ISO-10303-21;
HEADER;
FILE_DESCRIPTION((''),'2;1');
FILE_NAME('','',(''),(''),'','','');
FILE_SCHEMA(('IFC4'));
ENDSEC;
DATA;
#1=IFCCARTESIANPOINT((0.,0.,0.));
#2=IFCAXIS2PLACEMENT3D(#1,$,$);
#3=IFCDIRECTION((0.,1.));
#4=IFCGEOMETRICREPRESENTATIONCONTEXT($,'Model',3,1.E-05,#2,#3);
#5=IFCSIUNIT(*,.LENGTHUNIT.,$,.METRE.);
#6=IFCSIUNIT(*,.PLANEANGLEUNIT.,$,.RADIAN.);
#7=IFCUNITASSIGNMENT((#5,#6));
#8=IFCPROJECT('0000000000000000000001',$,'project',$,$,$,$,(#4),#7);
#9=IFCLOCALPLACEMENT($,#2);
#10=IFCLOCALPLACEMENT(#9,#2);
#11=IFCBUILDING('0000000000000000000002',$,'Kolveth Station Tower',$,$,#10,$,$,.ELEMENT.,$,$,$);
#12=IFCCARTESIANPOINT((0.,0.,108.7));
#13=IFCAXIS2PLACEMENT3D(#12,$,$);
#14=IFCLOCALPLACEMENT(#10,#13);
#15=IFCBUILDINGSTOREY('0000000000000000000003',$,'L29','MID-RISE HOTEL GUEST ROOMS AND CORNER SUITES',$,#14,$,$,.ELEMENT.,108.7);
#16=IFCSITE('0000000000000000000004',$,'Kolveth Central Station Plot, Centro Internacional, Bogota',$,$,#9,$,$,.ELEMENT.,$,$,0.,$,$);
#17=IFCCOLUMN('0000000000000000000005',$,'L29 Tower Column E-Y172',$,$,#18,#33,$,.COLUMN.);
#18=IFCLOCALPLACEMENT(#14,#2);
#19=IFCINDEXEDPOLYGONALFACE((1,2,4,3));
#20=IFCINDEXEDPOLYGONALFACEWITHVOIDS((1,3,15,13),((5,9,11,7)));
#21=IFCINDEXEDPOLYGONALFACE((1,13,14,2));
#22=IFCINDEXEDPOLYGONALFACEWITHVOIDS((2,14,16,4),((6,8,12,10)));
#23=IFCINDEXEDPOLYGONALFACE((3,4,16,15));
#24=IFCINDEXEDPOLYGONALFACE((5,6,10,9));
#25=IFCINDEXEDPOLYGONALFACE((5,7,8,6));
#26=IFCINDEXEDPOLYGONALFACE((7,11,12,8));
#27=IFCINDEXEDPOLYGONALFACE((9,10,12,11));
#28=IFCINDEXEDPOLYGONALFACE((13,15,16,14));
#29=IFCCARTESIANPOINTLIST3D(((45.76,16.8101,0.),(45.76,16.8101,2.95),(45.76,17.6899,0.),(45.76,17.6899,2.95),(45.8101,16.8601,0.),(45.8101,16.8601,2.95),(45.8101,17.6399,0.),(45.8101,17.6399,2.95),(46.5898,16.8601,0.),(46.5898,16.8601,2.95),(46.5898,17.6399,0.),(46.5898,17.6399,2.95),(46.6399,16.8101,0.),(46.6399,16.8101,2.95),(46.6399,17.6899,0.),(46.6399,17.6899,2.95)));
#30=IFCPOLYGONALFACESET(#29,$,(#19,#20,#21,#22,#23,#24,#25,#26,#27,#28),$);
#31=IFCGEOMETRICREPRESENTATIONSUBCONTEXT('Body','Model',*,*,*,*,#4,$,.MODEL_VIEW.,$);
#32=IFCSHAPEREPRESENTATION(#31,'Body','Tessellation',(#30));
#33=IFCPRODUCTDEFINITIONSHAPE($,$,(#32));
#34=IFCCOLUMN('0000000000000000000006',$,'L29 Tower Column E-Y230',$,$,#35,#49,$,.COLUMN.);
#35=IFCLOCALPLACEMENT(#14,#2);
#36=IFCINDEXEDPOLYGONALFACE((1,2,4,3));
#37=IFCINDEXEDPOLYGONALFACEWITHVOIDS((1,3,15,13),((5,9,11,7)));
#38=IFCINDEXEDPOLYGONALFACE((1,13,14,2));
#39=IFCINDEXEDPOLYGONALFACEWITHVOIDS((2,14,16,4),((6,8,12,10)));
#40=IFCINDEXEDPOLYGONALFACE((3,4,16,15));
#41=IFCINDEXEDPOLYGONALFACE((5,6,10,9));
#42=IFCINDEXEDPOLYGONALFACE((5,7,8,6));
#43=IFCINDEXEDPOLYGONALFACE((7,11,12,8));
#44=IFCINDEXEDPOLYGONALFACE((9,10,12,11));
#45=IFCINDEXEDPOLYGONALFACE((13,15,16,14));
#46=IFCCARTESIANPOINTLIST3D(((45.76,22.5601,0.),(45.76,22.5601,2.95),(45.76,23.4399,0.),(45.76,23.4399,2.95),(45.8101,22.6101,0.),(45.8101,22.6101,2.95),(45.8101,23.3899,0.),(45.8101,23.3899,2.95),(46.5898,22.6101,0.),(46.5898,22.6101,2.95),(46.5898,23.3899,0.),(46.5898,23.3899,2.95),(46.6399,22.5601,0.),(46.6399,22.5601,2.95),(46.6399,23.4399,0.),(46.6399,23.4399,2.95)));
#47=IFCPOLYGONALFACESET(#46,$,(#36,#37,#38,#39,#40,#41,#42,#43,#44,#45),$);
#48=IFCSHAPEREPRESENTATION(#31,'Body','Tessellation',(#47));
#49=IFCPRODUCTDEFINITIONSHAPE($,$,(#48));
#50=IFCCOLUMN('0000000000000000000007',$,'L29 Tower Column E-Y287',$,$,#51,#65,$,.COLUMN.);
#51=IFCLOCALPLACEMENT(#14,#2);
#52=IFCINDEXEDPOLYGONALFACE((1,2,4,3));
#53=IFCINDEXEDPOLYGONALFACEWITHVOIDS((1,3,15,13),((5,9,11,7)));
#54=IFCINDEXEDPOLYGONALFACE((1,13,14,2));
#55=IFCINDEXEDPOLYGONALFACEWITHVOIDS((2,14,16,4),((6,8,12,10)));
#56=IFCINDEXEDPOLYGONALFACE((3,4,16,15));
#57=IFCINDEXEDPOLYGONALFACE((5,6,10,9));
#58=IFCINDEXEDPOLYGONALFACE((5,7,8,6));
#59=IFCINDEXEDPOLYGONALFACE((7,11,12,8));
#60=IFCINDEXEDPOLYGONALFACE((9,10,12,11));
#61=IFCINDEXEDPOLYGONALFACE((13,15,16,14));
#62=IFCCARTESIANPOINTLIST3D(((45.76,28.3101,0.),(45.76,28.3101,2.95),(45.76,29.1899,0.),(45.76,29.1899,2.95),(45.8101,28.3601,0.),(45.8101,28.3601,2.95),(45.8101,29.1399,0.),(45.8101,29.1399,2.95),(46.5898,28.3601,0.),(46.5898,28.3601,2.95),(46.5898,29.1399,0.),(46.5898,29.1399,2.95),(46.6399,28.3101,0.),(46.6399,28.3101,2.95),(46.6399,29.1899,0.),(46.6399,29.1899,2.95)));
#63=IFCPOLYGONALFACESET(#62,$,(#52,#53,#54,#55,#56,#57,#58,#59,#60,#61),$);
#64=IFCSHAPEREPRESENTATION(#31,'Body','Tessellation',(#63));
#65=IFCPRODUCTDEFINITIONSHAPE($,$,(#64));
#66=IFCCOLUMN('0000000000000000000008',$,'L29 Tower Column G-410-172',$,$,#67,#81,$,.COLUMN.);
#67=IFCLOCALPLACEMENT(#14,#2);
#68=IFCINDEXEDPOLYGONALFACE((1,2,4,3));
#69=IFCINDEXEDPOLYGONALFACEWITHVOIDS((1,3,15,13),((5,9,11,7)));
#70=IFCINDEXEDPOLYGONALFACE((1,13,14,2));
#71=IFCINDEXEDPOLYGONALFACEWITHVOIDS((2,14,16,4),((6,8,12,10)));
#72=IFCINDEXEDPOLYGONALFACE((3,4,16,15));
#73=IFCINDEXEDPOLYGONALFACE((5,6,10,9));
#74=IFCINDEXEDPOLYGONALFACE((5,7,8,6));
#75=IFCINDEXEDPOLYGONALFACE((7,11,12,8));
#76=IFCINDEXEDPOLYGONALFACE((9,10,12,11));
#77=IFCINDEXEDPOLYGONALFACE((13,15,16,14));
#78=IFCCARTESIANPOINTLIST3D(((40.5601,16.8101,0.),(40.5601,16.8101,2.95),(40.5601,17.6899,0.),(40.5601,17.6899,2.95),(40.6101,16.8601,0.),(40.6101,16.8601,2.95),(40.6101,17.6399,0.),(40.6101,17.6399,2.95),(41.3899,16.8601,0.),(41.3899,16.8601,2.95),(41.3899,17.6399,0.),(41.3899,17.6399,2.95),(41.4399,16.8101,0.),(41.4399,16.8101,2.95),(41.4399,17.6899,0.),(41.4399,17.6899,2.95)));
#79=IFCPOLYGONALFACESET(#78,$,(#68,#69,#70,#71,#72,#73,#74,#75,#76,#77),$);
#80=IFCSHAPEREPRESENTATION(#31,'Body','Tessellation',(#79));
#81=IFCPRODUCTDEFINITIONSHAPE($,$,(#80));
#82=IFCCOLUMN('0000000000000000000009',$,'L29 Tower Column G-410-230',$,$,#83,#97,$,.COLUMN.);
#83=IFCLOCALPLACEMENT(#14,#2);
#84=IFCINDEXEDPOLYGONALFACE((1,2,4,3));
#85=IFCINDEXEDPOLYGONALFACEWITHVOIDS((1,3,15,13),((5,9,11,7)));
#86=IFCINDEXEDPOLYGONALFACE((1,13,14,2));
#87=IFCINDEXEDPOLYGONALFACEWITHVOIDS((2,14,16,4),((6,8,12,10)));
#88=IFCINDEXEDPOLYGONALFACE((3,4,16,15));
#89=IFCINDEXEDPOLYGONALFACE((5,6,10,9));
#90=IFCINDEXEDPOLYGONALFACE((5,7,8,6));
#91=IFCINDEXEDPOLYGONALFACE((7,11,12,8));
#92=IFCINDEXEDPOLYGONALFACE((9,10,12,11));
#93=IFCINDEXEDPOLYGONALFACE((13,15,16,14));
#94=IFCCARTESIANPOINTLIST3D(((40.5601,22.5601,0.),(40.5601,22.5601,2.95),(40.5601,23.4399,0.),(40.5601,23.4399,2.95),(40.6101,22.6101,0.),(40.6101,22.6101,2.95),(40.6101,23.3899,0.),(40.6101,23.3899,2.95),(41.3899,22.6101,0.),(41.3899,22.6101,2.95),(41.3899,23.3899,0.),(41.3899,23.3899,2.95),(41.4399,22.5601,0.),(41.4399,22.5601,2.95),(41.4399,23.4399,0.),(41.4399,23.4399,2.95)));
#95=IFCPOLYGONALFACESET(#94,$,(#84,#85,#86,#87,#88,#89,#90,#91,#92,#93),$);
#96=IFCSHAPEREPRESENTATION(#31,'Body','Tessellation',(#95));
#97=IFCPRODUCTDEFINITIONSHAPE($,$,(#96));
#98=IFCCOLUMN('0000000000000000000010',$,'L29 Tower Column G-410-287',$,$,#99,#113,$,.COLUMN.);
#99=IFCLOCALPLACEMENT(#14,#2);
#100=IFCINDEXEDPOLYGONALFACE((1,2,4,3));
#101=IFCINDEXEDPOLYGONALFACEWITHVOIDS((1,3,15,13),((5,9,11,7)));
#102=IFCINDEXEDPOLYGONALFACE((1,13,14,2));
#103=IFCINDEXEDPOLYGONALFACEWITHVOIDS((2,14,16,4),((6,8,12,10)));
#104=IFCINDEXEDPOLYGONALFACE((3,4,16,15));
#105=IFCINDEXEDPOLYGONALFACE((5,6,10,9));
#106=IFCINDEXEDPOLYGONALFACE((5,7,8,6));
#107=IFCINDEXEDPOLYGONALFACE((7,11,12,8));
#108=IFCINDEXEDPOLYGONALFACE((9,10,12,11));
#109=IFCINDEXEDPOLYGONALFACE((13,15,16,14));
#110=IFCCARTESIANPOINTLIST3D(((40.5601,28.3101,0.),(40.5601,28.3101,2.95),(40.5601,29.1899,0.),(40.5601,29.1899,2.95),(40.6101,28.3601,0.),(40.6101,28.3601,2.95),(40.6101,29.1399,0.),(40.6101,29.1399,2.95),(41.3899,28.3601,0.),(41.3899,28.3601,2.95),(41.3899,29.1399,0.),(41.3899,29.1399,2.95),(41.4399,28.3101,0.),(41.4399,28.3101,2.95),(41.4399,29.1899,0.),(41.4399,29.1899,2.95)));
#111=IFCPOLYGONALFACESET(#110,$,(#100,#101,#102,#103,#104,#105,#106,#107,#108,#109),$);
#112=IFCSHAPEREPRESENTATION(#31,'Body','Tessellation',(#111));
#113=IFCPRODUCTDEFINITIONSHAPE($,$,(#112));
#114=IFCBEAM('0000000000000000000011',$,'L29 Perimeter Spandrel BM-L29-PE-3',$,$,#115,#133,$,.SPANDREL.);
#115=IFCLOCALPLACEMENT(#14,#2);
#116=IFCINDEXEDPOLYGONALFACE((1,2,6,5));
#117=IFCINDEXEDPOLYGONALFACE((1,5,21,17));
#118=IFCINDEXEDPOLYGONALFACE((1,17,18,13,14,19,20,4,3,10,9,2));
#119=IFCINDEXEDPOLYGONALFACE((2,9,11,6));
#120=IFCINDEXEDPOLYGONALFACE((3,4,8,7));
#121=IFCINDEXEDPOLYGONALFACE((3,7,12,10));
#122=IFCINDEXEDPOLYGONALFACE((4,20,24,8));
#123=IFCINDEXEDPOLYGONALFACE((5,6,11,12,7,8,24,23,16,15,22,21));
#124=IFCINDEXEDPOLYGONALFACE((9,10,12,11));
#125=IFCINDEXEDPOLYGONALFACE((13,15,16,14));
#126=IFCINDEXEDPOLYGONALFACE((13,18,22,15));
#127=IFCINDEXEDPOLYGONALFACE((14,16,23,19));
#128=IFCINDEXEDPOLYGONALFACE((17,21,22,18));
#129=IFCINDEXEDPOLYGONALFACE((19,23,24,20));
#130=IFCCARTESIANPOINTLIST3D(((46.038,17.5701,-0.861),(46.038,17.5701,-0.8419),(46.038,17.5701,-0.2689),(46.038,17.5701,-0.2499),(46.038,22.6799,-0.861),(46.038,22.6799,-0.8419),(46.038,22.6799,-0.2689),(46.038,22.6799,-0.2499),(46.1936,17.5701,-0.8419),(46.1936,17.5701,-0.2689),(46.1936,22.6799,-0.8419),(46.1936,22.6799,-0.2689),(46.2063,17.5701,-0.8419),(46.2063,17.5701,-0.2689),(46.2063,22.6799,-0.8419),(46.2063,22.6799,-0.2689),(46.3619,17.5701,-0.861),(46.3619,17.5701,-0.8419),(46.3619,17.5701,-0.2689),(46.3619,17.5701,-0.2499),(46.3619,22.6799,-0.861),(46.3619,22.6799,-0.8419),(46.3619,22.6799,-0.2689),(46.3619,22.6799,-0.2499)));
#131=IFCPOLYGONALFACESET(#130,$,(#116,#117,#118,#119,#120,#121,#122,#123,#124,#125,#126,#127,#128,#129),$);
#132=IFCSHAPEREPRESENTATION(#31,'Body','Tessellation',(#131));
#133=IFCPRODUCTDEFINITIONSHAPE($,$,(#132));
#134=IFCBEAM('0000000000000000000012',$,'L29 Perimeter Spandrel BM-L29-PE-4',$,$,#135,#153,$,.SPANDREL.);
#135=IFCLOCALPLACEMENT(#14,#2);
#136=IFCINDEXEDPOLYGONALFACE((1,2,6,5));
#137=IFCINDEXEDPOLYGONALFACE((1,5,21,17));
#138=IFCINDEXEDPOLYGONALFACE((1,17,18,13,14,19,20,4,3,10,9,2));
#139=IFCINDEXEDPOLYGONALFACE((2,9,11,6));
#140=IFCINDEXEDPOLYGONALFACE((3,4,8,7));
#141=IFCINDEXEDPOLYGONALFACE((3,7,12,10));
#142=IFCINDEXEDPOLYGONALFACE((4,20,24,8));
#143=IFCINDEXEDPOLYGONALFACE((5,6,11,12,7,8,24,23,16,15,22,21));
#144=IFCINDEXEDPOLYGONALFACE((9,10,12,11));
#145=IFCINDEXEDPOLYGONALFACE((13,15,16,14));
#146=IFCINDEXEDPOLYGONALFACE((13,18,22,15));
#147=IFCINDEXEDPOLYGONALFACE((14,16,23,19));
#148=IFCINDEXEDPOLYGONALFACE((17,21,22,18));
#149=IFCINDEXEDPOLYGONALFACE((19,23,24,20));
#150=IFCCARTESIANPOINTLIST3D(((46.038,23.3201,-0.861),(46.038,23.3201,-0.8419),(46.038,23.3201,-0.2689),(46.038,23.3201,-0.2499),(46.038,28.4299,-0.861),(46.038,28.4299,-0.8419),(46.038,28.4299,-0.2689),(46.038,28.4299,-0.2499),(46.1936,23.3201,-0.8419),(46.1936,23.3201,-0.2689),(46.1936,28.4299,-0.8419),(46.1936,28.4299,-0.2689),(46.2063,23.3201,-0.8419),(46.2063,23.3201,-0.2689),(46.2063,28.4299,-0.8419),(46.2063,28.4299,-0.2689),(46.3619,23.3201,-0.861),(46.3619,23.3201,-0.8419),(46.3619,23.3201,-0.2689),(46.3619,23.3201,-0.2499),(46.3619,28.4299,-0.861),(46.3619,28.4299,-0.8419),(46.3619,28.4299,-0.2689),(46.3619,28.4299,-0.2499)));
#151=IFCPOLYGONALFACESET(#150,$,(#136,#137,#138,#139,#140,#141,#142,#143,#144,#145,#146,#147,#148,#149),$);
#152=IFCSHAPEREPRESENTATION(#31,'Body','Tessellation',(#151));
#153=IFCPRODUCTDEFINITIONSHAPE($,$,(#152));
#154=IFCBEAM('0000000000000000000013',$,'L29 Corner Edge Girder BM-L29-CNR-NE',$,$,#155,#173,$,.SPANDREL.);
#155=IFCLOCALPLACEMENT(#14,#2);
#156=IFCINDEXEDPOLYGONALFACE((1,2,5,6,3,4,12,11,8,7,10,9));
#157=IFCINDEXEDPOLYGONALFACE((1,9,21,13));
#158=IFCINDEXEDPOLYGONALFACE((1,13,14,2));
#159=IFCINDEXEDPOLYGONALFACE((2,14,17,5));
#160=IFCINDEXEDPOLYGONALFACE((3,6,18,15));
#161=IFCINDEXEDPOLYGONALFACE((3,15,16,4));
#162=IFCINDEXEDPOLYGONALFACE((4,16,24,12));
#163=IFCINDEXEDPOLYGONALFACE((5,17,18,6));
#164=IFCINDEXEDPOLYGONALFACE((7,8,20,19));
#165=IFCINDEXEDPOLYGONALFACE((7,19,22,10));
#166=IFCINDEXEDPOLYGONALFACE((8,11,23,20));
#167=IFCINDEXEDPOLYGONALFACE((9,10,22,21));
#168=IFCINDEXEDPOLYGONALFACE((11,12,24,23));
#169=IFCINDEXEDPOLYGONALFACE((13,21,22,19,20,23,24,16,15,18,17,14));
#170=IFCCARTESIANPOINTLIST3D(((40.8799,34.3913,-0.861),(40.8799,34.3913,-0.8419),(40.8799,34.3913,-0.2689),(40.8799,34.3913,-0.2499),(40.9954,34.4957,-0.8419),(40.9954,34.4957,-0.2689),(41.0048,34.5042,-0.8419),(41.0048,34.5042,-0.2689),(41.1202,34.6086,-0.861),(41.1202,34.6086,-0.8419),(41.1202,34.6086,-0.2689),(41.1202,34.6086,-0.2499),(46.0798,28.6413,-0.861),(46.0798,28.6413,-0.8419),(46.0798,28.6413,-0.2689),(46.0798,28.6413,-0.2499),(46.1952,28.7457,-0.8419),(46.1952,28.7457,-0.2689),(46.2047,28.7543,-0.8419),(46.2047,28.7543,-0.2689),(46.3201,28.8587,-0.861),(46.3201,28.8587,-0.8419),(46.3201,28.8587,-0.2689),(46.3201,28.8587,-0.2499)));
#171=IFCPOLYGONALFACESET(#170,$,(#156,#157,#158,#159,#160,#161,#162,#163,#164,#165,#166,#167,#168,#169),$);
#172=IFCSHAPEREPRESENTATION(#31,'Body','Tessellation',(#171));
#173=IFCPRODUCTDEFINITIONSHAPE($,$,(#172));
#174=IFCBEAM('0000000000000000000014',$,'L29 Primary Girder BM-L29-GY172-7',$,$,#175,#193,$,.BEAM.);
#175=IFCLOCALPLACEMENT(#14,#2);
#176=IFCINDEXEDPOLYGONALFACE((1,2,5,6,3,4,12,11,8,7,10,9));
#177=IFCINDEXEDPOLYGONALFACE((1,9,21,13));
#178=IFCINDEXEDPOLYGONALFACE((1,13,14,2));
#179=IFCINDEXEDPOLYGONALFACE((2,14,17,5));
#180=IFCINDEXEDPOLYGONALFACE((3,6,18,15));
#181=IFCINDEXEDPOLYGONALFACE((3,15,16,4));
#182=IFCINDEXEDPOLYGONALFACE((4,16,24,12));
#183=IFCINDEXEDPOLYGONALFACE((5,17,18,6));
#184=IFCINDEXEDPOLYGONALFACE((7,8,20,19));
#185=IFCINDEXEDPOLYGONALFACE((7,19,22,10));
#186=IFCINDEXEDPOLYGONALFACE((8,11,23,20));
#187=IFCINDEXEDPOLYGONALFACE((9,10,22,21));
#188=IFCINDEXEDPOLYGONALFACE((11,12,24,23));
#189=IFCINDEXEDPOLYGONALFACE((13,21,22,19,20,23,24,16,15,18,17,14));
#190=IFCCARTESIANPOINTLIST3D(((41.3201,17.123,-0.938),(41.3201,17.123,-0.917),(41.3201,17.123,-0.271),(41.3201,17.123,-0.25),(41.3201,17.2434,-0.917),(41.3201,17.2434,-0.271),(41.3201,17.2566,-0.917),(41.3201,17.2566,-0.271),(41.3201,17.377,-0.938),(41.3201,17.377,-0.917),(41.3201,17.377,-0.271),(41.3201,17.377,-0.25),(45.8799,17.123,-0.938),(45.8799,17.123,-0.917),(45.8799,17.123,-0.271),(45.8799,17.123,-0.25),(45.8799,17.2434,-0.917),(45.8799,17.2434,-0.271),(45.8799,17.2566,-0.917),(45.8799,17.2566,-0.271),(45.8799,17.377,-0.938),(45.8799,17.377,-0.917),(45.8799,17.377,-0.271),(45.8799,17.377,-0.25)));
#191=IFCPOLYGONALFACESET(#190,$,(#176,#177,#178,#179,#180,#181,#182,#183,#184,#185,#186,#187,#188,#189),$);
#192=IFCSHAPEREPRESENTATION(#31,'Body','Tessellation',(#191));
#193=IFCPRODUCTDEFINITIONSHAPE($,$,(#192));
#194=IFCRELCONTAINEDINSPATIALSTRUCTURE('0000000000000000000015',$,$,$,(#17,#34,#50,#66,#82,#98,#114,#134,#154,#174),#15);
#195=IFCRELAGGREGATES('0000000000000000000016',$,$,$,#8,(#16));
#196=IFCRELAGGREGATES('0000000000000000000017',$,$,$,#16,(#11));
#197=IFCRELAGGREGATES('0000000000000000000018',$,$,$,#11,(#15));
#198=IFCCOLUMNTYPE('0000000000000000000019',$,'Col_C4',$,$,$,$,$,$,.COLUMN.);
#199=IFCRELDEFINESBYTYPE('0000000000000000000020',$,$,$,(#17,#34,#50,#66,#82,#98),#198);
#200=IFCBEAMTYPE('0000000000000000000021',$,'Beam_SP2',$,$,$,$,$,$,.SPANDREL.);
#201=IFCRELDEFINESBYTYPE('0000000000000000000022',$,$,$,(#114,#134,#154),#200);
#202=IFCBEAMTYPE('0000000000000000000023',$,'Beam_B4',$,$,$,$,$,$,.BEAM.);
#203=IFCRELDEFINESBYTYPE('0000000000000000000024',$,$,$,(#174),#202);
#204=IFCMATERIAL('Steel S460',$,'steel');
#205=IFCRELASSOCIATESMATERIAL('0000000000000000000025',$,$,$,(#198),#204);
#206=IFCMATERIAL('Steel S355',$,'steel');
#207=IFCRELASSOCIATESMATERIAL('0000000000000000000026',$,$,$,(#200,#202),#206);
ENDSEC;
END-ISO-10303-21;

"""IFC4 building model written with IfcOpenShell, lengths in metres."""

from ifc_helpers import new_model, si_unit, direction, frame, origin, origin_2d, place, context, subcontext, project, spatial, hollow_rectangle, i_section, extrude, source, transform, mapped, material, material_profile, profile_set, type_object, element, save


model = new_model("IFC4")

# Units and contexts
model_context = context("Model", 3, precision=1e-05, world=origin(), true_north=direction((0.0, 1.0)))
body_context = subcontext(model_context, "Body", "Model", "MODEL_VIEW")
ifc_project = project(units=[si_unit("LENGTHUNIT", "METRE"), si_unit("PLANEANGLEUNIT", "RADIAN")], contexts=[model_context])

# Site, building, storey
site_placement = place(None, origin())
site = spatial("IfcSite", under=ifc_project, at=site_placement, Name="Kolveth Central Station Plot, Centro Internacional, Bogota", CompositionType="ELEMENT", RefElevation=0.0)
building_placement = place(site_placement, origin())
building = spatial("IfcBuilding", under=site, at=building_placement, Name="Kolveth Station Tower", CompositionType="ELEMENT")
storey_placement = place(building_placement, frame((0.0, 0.0, 108.7)))
storey = spatial("IfcBuildingStorey", under=building, at=storey_placement, Name="L29", Description="MID-RISE HOTEL GUEST ROOMS AND CORNER SUITES", CompositionType="ELEMENT", Elevation=108.7)

# Columns
ifc_material_1 = material(Name="Steel S460", Category="steel")
ifc_material_profile_1 = material_profile(ifc_material_1, hollow_rectangle(XDim=0.8799, YDim=0.8799, WallThickness=0.05, at=origin_2d()), Name="BOX880x880x50")
ifc_profile_set_1 = profile_set([ifc_material_profile_1], Name="Steel S460")
column_type = type_object("IfcColumnType", Name="Col_C4", PredefinedType="COLUMN", material=ifc_profile_set_1)
shared_shape_1 = source(origin(), body_context, "Body", "SweptSolid", [
    extrude(hollow_rectangle(XDim=0.8799, YDim=0.8799, WallThickness=0.05, at=origin_2d()), origin(), (0.0, 0.0, 1.0), 2.95),
])
for number, where, z_axis, x_axis, name in (
    (1, (46.2, 17.25, 0.0), (0.0, 0.0, 1.0), (1.0, 0.0, 0.0), "L29 Tower Column E-Y172"),
    (2, (46.2, 23.0, 0.0), (0.0, 0.0, 1.0), (1.0, 0.0, 0.0), "L29 Tower Column E-Y230"),
    (3, (46.2, 28.75, 0.0), (0.0, 0.0, 1.0), (1.0, 0.0, 0.0), "L29 Tower Column E-Y287"),
    (4, (41.0, 17.25, 0.0), (0.0, 0.0, 1.0), (1.0, 0.0, 0.0), "L29 Tower Column G-410-172"),
    (5, (41.0, 23.0, 0.0), (0.0, 0.0, 1.0), (1.0, 0.0, 0.0), "L29 Tower Column G-410-230"),
    (6, (41.0, 28.75, 0.0), (0.0, 0.0, 1.0), (1.0, 0.0, 0.0), "L29 Tower Column G-410-287"),
):
    element("IfcColumn", number, at=place(storey_placement, frame(where, z_axis=z_axis, x_axis=x_axis)), inside=storey, type_object=column_type, Name=name, PredefinedType="COLUMN", context=body_context, shape_type="MappedRepresentation", body=[
        mapped(shared_shape_1, transform((0.0, 0.0, 0.0), x_axis=(1.0, 0.0, 0.0), y_axis=(0.0, 1.0, 0.0), z_axis=(0.0, 0.0, 1.0), scale=1.0)),
    ])

# Beams
ifc_material_2 = material(Name="Steel S355", Category="steel")
ifc_material_profile_2 = material_profile(ifc_material_2, i_section(OverallWidth=0.324, OverallDepth=0.6111, WebThickness=0.0127, FlangeThickness=0.019, at=origin_2d()), Name="W610x155")
ifc_profile_set_2 = profile_set([ifc_material_profile_2], Name="Steel S355")
beam_type_1 = type_object("IfcBeamType", Name="Beam_SP2", PredefinedType="SPANDREL", material=ifc_profile_set_2)
shared_shape_2 = source(origin(), body_context, "Body", "SweptSolid", [
    extrude(i_section(OverallWidth=0.324, OverallDepth=0.6111, WebThickness=0.0127, FlangeThickness=0.019, at=origin_2d()), origin(), (0.0, 0.0, 1.0), 5.1099),
])
for number, where, z_axis, x_axis, name in (
    (7, (46.2, 17.5701, -0.5554), (0.0, 1.0, 0.0), (-1.0, 0.0, 0.0), "L29 Perimeter Spandrel BM-L29-PE-3"),
    (8, (46.2, 23.3201, -0.5554), (0.0, 1.0, 0.0), (-1.0, 0.0, 0.0), "L29 Perimeter Spandrel BM-L29-PE-4"),
):
    element("IfcBeam", number, at=place(storey_placement, frame(where, z_axis=z_axis, x_axis=x_axis)), inside=storey, type_object=beam_type_1, Name=name, PredefinedType="SPANDREL", context=body_context, shape_type="MappedRepresentation", body=[
        mapped(shared_shape_2, transform((0.0, 0.0, 0.0), x_axis=(1.0, 0.0, 0.0), y_axis=(0.0, 1.0, 0.0), z_axis=(0.0, 0.0, 1.0), scale=1.0)),
    ])
shared_shape_3 = source(origin(), body_context, "Body", "SweptSolid", [
    extrude(i_section(OverallWidth=0.324, OverallDepth=0.6111, WebThickness=0.0127, FlangeThickness=0.019, at=origin_2d()), origin(), (0.0, 0.0, 1.0), 7.7524),
])
beam_placement = place(storey_placement, frame((46.2, 28.75, -0.5554), z_axis=(-0.670741, 0.741692, 0.0), x_axis=(-0.741692, -0.670741, 0.0)))
element("IfcBeam", 9, at=beam_placement, inside=storey, type_object=beam_type_1, Name="L29 Corner Edge Girder BM-L29-CNR-NE", PredefinedType="SPANDREL", context=body_context, shape_type="MappedRepresentation", body=[
    mapped(shared_shape_3, transform((0.0, 0.0, 0.0), x_axis=(1.0, 0.0, 0.0), y_axis=(0.0, 1.0, 0.0), z_axis=(0.0, 0.0, 1.0), scale=1.0)),
])
ifc_material_profile_3 = material_profile(ifc_material_2, i_section(OverallWidth=0.2539, OverallDepth=0.688, WebThickness=0.0132, FlangeThickness=0.021, at=origin_2d()), Name="W690x152")
ifc_profile_set_3 = profile_set([ifc_material_profile_3], Name="Steel S355")
beam_type_2 = type_object("IfcBeamType", Name="Beam_B4", PredefinedType="BEAM", material=ifc_profile_set_3)
shared_shape_4 = source(origin(), body_context, "Body", "SweptSolid", [
    extrude(i_section(OverallWidth=0.2539, OverallDepth=0.688, WebThickness=0.0132, FlangeThickness=0.021, at=origin_2d()), origin(), (0.0, 0.0, 1.0), 4.5598),
])
for number, where, z_axis, x_axis, name in (
    (10, (41.3201, 17.25, -0.594), (1.0, 0.0, 0.0), (0.0, 1.0, 0.0), "L29 Primary Girder BM-L29-GY172-7"),
):
    element("IfcBeam", number, at=place(storey_placement, frame(where, z_axis=z_axis, x_axis=x_axis)), inside=storey, type_object=beam_type_2, Name=name, PredefinedType="BEAM", context=body_context, shape_type="MappedRepresentation", body=[
        mapped(shared_shape_4, transform((0.0, 0.0, 0.0), x_axis=(1.0, 0.0, 0.0), y_axis=(0.0, 1.0, 0.0), z_axis=(0.0, 0.0, 1.0), scale=1.0)),
    ])

save(model, "model.ifc")
